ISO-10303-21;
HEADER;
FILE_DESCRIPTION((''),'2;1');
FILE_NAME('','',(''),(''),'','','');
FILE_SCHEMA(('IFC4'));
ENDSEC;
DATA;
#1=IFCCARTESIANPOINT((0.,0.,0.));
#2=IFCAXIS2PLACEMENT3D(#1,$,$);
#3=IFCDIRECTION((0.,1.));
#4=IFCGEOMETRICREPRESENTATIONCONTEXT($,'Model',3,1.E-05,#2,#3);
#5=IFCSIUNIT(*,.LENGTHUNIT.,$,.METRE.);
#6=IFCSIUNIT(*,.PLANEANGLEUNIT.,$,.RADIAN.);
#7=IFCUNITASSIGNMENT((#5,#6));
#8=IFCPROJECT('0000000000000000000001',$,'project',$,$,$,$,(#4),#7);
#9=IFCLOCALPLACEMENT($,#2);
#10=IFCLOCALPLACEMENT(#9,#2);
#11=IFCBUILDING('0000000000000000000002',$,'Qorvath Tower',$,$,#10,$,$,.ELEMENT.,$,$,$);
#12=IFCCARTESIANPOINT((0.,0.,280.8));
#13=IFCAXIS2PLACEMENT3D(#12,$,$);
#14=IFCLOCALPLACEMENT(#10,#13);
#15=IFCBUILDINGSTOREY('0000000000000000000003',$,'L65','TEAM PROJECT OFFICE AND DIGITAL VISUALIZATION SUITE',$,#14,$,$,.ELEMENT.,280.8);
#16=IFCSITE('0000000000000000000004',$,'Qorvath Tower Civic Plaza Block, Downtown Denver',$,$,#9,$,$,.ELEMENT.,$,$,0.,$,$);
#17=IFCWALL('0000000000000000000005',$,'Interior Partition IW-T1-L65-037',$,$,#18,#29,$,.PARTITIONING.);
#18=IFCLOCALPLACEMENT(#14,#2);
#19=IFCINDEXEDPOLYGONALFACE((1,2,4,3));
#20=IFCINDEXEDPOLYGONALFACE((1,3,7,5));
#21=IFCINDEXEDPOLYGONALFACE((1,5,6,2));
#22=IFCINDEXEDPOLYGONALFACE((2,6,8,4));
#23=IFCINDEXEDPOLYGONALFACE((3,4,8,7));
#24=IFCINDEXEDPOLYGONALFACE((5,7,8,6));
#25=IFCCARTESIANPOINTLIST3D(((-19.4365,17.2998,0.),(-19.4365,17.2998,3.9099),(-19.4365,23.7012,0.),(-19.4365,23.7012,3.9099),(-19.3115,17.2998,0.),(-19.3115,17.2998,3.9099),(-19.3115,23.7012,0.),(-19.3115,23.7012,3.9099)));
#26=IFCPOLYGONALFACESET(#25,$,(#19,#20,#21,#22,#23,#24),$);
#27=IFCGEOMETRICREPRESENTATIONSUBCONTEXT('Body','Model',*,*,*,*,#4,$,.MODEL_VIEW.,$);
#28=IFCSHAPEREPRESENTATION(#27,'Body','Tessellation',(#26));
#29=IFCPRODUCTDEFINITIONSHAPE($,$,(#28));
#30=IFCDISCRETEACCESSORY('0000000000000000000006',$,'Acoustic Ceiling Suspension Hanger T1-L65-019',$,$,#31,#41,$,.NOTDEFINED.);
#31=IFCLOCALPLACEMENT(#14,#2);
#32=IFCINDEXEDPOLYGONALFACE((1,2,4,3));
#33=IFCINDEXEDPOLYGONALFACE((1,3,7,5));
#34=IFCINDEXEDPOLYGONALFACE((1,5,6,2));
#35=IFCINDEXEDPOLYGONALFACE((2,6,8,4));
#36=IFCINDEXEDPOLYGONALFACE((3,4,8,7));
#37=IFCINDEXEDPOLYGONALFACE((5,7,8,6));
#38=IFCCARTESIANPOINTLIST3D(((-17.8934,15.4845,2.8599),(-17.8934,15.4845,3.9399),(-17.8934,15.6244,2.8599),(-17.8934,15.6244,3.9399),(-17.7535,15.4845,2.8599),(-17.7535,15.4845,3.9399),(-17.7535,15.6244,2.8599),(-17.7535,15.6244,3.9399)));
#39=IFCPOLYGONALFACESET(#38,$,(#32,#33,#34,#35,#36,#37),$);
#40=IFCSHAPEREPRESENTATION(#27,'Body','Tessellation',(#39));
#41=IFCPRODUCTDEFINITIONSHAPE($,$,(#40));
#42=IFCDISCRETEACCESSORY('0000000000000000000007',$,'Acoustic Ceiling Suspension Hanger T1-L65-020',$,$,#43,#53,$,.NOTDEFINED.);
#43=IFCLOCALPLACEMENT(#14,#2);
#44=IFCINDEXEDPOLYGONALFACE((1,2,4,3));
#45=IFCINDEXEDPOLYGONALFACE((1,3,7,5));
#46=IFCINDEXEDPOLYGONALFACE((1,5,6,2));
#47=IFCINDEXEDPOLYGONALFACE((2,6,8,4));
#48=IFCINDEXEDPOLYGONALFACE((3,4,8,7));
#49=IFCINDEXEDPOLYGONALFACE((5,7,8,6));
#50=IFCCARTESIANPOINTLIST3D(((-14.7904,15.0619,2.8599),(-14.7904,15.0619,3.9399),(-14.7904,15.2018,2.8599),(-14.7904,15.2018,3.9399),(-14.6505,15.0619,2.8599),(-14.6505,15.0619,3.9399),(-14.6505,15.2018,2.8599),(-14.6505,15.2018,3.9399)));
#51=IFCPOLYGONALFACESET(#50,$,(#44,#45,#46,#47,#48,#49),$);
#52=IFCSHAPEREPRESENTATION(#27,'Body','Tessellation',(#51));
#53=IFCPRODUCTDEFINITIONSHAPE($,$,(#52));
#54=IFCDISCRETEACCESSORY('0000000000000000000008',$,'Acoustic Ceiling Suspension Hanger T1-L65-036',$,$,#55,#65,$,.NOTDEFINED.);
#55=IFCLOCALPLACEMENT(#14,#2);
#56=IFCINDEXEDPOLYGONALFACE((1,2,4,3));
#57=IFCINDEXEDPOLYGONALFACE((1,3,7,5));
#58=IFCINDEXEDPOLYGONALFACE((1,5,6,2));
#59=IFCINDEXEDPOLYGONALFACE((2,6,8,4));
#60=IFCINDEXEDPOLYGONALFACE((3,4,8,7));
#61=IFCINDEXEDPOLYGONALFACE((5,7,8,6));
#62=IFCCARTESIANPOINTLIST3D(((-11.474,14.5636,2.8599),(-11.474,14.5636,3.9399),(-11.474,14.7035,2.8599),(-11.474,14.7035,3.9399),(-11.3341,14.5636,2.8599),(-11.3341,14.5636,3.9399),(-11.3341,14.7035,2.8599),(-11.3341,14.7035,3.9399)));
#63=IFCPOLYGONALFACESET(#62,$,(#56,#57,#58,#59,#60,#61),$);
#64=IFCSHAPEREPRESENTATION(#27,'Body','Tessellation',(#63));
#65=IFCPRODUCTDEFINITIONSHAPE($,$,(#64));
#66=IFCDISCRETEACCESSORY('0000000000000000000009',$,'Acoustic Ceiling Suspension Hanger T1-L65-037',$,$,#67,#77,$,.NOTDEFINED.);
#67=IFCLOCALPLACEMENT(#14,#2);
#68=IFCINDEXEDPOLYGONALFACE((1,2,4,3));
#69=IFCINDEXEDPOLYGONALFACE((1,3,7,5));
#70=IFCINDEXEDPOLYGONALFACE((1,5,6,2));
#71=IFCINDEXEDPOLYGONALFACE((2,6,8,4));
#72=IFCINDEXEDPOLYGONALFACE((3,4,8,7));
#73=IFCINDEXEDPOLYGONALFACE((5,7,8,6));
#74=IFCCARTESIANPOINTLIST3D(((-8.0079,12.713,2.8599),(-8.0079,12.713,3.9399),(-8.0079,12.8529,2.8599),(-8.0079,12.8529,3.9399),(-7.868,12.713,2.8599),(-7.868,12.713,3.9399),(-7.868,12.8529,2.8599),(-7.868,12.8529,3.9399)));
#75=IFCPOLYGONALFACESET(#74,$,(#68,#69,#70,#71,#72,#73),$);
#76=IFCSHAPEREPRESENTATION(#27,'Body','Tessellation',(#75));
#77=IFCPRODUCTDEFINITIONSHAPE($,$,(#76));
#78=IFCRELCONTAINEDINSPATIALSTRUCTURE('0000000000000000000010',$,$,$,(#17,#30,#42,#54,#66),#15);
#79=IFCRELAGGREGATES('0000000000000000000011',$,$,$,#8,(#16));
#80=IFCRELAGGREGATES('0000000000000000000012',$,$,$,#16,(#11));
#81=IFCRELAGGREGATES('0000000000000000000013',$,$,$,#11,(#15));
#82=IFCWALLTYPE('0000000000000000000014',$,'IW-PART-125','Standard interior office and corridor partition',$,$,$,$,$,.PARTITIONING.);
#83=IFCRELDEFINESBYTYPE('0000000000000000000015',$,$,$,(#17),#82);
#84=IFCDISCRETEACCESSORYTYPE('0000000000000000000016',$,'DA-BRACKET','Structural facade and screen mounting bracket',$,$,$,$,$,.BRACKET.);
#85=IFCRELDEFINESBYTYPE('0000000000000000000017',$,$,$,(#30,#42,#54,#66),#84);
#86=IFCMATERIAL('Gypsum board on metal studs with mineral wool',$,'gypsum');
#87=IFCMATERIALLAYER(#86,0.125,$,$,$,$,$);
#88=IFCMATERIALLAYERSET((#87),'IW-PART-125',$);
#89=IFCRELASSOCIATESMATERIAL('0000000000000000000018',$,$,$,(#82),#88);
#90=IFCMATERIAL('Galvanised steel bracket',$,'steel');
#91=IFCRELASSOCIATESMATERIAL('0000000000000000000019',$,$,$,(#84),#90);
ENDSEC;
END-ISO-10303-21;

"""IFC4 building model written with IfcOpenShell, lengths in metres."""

from ifc_helpers import new_model, si_unit, direction, frame, frame_2d, origin, origin_2d, place, context, subcontext, project, spatial, rectangle, extrude, material, layer, layer_set, type_object, element, save


model = new_model("IFC4")

# Units and contexts
model_context = context("Model", 3, precision=1e-05, world=origin(), true_north=direction((0.0, 1.0)))
body_context = subcontext(model_context, "Body", "Model", "MODEL_VIEW")
ifc_project = project(units=[si_unit("LENGTHUNIT", "METRE"), si_unit("PLANEANGLEUNIT", "RADIAN")], contexts=[model_context])

# Site, building, storey
site_placement = place(None, origin())
site = spatial("IfcSite", under=ifc_project, at=site_placement, Name="Qorvath Tower Civic Plaza Block, Downtown Denver", CompositionType="ELEMENT", RefElevation=0.0)
building_placement = place(site_placement, origin())
building = spatial("IfcBuilding", under=site, at=building_placement, Name="Qorvath Tower", CompositionType="ELEMENT")
storey_placement = place(building_placement, frame((0.0, 0.0, 280.8)))
storey = spatial("IfcBuildingStorey", under=building, at=storey_placement, Name="L65", Description="TEAM PROJECT OFFICE AND DIGITAL VISUALIZATION SUITE", CompositionType="ELEMENT", Elevation=280.8)

# Wall
ifc_material_1 = material(Name="Gypsum board on metal studs with mineral wool", Category="gypsum")
ifc_layer_1 = layer(ifc_material_1, 0.125)
ifc_layer_set_1 = layer_set([ifc_layer_1], Name="IW-PART-125")
wall_type = type_object("IfcWallType", Name="IW-PART-125", Description="Standard interior office and corridor partition", PredefinedType="PARTITIONING", material=ifc_layer_set_1)
wall_placement = place(storey_placement, frame((-19.374, 17.2998, 0.0), z_axis=(0.0, 0.0, 1.0), x_axis=(0.0, 1.0, 0.0)))
element("IfcWall", 1, at=wall_placement, inside=storey, type_object=wall_type, Name="Interior Partition IW-T1-L65-037", PredefinedType="PARTITIONING", context=body_context, shape_type="SweptSolid", body=[
    extrude(rectangle(XDim=6.4014, YDim=0.125, at=frame_2d((3.2007, 0.0))), origin(), (0.0, 0.0, 1.0), 3.9099),
])

# Discrete accessories
ifc_material_2 = material(Name="Galvanised steel bracket", Category="steel")
discrete_accessory_type = type_object("IfcDiscreteAccessoryType", Name="DA-BRACKET", Description="Structural facade and screen mounting bracket", PredefinedType="BRACKET", material=ifc_material_2)
for number, where, z_axis, x_axis, name in (
    (2, (-17.8235, 15.5544, 2.8599), (0.0, 0.0, 1.0), (1.0, 0.0, 0.0), "Acoustic Ceiling Suspension Hanger T1-L65-019"),
    (3, (-14.7205, 15.1318, 2.8599), (0.0, 0.0, 1.0), (1.0, 0.0, 0.0), "Acoustic Ceiling Suspension Hanger T1-L65-020"),
    (4, (-11.4041, 14.6335, 2.8599), (0.0, 0.0, 1.0), (1.0, 0.0, 0.0), "Acoustic Ceiling Suspension Hanger T1-L65-036"),
    (5, (-7.938, 12.783, 2.8599), (0.0, 0.0, 1.0), (1.0, 0.0, 0.0), "Acoustic Ceiling Suspension Hanger T1-L65-037"),
):
    element("IfcDiscreteAccessory", number, at=place(storey_placement, frame(where, z_axis=z_axis, x_axis=x_axis)), inside=storey, type_object=discrete_accessory_type, Name=name, PredefinedType="NOTDEFINED", context=body_context, shape_type="SweptSolid", body=[
        extrude(rectangle(XDim=0.1399, YDim=0.1399, at=origin_2d()), origin(), (0.0, 0.0, 1.0), 1.0801),
    ])

save(model, "model.ifc")
